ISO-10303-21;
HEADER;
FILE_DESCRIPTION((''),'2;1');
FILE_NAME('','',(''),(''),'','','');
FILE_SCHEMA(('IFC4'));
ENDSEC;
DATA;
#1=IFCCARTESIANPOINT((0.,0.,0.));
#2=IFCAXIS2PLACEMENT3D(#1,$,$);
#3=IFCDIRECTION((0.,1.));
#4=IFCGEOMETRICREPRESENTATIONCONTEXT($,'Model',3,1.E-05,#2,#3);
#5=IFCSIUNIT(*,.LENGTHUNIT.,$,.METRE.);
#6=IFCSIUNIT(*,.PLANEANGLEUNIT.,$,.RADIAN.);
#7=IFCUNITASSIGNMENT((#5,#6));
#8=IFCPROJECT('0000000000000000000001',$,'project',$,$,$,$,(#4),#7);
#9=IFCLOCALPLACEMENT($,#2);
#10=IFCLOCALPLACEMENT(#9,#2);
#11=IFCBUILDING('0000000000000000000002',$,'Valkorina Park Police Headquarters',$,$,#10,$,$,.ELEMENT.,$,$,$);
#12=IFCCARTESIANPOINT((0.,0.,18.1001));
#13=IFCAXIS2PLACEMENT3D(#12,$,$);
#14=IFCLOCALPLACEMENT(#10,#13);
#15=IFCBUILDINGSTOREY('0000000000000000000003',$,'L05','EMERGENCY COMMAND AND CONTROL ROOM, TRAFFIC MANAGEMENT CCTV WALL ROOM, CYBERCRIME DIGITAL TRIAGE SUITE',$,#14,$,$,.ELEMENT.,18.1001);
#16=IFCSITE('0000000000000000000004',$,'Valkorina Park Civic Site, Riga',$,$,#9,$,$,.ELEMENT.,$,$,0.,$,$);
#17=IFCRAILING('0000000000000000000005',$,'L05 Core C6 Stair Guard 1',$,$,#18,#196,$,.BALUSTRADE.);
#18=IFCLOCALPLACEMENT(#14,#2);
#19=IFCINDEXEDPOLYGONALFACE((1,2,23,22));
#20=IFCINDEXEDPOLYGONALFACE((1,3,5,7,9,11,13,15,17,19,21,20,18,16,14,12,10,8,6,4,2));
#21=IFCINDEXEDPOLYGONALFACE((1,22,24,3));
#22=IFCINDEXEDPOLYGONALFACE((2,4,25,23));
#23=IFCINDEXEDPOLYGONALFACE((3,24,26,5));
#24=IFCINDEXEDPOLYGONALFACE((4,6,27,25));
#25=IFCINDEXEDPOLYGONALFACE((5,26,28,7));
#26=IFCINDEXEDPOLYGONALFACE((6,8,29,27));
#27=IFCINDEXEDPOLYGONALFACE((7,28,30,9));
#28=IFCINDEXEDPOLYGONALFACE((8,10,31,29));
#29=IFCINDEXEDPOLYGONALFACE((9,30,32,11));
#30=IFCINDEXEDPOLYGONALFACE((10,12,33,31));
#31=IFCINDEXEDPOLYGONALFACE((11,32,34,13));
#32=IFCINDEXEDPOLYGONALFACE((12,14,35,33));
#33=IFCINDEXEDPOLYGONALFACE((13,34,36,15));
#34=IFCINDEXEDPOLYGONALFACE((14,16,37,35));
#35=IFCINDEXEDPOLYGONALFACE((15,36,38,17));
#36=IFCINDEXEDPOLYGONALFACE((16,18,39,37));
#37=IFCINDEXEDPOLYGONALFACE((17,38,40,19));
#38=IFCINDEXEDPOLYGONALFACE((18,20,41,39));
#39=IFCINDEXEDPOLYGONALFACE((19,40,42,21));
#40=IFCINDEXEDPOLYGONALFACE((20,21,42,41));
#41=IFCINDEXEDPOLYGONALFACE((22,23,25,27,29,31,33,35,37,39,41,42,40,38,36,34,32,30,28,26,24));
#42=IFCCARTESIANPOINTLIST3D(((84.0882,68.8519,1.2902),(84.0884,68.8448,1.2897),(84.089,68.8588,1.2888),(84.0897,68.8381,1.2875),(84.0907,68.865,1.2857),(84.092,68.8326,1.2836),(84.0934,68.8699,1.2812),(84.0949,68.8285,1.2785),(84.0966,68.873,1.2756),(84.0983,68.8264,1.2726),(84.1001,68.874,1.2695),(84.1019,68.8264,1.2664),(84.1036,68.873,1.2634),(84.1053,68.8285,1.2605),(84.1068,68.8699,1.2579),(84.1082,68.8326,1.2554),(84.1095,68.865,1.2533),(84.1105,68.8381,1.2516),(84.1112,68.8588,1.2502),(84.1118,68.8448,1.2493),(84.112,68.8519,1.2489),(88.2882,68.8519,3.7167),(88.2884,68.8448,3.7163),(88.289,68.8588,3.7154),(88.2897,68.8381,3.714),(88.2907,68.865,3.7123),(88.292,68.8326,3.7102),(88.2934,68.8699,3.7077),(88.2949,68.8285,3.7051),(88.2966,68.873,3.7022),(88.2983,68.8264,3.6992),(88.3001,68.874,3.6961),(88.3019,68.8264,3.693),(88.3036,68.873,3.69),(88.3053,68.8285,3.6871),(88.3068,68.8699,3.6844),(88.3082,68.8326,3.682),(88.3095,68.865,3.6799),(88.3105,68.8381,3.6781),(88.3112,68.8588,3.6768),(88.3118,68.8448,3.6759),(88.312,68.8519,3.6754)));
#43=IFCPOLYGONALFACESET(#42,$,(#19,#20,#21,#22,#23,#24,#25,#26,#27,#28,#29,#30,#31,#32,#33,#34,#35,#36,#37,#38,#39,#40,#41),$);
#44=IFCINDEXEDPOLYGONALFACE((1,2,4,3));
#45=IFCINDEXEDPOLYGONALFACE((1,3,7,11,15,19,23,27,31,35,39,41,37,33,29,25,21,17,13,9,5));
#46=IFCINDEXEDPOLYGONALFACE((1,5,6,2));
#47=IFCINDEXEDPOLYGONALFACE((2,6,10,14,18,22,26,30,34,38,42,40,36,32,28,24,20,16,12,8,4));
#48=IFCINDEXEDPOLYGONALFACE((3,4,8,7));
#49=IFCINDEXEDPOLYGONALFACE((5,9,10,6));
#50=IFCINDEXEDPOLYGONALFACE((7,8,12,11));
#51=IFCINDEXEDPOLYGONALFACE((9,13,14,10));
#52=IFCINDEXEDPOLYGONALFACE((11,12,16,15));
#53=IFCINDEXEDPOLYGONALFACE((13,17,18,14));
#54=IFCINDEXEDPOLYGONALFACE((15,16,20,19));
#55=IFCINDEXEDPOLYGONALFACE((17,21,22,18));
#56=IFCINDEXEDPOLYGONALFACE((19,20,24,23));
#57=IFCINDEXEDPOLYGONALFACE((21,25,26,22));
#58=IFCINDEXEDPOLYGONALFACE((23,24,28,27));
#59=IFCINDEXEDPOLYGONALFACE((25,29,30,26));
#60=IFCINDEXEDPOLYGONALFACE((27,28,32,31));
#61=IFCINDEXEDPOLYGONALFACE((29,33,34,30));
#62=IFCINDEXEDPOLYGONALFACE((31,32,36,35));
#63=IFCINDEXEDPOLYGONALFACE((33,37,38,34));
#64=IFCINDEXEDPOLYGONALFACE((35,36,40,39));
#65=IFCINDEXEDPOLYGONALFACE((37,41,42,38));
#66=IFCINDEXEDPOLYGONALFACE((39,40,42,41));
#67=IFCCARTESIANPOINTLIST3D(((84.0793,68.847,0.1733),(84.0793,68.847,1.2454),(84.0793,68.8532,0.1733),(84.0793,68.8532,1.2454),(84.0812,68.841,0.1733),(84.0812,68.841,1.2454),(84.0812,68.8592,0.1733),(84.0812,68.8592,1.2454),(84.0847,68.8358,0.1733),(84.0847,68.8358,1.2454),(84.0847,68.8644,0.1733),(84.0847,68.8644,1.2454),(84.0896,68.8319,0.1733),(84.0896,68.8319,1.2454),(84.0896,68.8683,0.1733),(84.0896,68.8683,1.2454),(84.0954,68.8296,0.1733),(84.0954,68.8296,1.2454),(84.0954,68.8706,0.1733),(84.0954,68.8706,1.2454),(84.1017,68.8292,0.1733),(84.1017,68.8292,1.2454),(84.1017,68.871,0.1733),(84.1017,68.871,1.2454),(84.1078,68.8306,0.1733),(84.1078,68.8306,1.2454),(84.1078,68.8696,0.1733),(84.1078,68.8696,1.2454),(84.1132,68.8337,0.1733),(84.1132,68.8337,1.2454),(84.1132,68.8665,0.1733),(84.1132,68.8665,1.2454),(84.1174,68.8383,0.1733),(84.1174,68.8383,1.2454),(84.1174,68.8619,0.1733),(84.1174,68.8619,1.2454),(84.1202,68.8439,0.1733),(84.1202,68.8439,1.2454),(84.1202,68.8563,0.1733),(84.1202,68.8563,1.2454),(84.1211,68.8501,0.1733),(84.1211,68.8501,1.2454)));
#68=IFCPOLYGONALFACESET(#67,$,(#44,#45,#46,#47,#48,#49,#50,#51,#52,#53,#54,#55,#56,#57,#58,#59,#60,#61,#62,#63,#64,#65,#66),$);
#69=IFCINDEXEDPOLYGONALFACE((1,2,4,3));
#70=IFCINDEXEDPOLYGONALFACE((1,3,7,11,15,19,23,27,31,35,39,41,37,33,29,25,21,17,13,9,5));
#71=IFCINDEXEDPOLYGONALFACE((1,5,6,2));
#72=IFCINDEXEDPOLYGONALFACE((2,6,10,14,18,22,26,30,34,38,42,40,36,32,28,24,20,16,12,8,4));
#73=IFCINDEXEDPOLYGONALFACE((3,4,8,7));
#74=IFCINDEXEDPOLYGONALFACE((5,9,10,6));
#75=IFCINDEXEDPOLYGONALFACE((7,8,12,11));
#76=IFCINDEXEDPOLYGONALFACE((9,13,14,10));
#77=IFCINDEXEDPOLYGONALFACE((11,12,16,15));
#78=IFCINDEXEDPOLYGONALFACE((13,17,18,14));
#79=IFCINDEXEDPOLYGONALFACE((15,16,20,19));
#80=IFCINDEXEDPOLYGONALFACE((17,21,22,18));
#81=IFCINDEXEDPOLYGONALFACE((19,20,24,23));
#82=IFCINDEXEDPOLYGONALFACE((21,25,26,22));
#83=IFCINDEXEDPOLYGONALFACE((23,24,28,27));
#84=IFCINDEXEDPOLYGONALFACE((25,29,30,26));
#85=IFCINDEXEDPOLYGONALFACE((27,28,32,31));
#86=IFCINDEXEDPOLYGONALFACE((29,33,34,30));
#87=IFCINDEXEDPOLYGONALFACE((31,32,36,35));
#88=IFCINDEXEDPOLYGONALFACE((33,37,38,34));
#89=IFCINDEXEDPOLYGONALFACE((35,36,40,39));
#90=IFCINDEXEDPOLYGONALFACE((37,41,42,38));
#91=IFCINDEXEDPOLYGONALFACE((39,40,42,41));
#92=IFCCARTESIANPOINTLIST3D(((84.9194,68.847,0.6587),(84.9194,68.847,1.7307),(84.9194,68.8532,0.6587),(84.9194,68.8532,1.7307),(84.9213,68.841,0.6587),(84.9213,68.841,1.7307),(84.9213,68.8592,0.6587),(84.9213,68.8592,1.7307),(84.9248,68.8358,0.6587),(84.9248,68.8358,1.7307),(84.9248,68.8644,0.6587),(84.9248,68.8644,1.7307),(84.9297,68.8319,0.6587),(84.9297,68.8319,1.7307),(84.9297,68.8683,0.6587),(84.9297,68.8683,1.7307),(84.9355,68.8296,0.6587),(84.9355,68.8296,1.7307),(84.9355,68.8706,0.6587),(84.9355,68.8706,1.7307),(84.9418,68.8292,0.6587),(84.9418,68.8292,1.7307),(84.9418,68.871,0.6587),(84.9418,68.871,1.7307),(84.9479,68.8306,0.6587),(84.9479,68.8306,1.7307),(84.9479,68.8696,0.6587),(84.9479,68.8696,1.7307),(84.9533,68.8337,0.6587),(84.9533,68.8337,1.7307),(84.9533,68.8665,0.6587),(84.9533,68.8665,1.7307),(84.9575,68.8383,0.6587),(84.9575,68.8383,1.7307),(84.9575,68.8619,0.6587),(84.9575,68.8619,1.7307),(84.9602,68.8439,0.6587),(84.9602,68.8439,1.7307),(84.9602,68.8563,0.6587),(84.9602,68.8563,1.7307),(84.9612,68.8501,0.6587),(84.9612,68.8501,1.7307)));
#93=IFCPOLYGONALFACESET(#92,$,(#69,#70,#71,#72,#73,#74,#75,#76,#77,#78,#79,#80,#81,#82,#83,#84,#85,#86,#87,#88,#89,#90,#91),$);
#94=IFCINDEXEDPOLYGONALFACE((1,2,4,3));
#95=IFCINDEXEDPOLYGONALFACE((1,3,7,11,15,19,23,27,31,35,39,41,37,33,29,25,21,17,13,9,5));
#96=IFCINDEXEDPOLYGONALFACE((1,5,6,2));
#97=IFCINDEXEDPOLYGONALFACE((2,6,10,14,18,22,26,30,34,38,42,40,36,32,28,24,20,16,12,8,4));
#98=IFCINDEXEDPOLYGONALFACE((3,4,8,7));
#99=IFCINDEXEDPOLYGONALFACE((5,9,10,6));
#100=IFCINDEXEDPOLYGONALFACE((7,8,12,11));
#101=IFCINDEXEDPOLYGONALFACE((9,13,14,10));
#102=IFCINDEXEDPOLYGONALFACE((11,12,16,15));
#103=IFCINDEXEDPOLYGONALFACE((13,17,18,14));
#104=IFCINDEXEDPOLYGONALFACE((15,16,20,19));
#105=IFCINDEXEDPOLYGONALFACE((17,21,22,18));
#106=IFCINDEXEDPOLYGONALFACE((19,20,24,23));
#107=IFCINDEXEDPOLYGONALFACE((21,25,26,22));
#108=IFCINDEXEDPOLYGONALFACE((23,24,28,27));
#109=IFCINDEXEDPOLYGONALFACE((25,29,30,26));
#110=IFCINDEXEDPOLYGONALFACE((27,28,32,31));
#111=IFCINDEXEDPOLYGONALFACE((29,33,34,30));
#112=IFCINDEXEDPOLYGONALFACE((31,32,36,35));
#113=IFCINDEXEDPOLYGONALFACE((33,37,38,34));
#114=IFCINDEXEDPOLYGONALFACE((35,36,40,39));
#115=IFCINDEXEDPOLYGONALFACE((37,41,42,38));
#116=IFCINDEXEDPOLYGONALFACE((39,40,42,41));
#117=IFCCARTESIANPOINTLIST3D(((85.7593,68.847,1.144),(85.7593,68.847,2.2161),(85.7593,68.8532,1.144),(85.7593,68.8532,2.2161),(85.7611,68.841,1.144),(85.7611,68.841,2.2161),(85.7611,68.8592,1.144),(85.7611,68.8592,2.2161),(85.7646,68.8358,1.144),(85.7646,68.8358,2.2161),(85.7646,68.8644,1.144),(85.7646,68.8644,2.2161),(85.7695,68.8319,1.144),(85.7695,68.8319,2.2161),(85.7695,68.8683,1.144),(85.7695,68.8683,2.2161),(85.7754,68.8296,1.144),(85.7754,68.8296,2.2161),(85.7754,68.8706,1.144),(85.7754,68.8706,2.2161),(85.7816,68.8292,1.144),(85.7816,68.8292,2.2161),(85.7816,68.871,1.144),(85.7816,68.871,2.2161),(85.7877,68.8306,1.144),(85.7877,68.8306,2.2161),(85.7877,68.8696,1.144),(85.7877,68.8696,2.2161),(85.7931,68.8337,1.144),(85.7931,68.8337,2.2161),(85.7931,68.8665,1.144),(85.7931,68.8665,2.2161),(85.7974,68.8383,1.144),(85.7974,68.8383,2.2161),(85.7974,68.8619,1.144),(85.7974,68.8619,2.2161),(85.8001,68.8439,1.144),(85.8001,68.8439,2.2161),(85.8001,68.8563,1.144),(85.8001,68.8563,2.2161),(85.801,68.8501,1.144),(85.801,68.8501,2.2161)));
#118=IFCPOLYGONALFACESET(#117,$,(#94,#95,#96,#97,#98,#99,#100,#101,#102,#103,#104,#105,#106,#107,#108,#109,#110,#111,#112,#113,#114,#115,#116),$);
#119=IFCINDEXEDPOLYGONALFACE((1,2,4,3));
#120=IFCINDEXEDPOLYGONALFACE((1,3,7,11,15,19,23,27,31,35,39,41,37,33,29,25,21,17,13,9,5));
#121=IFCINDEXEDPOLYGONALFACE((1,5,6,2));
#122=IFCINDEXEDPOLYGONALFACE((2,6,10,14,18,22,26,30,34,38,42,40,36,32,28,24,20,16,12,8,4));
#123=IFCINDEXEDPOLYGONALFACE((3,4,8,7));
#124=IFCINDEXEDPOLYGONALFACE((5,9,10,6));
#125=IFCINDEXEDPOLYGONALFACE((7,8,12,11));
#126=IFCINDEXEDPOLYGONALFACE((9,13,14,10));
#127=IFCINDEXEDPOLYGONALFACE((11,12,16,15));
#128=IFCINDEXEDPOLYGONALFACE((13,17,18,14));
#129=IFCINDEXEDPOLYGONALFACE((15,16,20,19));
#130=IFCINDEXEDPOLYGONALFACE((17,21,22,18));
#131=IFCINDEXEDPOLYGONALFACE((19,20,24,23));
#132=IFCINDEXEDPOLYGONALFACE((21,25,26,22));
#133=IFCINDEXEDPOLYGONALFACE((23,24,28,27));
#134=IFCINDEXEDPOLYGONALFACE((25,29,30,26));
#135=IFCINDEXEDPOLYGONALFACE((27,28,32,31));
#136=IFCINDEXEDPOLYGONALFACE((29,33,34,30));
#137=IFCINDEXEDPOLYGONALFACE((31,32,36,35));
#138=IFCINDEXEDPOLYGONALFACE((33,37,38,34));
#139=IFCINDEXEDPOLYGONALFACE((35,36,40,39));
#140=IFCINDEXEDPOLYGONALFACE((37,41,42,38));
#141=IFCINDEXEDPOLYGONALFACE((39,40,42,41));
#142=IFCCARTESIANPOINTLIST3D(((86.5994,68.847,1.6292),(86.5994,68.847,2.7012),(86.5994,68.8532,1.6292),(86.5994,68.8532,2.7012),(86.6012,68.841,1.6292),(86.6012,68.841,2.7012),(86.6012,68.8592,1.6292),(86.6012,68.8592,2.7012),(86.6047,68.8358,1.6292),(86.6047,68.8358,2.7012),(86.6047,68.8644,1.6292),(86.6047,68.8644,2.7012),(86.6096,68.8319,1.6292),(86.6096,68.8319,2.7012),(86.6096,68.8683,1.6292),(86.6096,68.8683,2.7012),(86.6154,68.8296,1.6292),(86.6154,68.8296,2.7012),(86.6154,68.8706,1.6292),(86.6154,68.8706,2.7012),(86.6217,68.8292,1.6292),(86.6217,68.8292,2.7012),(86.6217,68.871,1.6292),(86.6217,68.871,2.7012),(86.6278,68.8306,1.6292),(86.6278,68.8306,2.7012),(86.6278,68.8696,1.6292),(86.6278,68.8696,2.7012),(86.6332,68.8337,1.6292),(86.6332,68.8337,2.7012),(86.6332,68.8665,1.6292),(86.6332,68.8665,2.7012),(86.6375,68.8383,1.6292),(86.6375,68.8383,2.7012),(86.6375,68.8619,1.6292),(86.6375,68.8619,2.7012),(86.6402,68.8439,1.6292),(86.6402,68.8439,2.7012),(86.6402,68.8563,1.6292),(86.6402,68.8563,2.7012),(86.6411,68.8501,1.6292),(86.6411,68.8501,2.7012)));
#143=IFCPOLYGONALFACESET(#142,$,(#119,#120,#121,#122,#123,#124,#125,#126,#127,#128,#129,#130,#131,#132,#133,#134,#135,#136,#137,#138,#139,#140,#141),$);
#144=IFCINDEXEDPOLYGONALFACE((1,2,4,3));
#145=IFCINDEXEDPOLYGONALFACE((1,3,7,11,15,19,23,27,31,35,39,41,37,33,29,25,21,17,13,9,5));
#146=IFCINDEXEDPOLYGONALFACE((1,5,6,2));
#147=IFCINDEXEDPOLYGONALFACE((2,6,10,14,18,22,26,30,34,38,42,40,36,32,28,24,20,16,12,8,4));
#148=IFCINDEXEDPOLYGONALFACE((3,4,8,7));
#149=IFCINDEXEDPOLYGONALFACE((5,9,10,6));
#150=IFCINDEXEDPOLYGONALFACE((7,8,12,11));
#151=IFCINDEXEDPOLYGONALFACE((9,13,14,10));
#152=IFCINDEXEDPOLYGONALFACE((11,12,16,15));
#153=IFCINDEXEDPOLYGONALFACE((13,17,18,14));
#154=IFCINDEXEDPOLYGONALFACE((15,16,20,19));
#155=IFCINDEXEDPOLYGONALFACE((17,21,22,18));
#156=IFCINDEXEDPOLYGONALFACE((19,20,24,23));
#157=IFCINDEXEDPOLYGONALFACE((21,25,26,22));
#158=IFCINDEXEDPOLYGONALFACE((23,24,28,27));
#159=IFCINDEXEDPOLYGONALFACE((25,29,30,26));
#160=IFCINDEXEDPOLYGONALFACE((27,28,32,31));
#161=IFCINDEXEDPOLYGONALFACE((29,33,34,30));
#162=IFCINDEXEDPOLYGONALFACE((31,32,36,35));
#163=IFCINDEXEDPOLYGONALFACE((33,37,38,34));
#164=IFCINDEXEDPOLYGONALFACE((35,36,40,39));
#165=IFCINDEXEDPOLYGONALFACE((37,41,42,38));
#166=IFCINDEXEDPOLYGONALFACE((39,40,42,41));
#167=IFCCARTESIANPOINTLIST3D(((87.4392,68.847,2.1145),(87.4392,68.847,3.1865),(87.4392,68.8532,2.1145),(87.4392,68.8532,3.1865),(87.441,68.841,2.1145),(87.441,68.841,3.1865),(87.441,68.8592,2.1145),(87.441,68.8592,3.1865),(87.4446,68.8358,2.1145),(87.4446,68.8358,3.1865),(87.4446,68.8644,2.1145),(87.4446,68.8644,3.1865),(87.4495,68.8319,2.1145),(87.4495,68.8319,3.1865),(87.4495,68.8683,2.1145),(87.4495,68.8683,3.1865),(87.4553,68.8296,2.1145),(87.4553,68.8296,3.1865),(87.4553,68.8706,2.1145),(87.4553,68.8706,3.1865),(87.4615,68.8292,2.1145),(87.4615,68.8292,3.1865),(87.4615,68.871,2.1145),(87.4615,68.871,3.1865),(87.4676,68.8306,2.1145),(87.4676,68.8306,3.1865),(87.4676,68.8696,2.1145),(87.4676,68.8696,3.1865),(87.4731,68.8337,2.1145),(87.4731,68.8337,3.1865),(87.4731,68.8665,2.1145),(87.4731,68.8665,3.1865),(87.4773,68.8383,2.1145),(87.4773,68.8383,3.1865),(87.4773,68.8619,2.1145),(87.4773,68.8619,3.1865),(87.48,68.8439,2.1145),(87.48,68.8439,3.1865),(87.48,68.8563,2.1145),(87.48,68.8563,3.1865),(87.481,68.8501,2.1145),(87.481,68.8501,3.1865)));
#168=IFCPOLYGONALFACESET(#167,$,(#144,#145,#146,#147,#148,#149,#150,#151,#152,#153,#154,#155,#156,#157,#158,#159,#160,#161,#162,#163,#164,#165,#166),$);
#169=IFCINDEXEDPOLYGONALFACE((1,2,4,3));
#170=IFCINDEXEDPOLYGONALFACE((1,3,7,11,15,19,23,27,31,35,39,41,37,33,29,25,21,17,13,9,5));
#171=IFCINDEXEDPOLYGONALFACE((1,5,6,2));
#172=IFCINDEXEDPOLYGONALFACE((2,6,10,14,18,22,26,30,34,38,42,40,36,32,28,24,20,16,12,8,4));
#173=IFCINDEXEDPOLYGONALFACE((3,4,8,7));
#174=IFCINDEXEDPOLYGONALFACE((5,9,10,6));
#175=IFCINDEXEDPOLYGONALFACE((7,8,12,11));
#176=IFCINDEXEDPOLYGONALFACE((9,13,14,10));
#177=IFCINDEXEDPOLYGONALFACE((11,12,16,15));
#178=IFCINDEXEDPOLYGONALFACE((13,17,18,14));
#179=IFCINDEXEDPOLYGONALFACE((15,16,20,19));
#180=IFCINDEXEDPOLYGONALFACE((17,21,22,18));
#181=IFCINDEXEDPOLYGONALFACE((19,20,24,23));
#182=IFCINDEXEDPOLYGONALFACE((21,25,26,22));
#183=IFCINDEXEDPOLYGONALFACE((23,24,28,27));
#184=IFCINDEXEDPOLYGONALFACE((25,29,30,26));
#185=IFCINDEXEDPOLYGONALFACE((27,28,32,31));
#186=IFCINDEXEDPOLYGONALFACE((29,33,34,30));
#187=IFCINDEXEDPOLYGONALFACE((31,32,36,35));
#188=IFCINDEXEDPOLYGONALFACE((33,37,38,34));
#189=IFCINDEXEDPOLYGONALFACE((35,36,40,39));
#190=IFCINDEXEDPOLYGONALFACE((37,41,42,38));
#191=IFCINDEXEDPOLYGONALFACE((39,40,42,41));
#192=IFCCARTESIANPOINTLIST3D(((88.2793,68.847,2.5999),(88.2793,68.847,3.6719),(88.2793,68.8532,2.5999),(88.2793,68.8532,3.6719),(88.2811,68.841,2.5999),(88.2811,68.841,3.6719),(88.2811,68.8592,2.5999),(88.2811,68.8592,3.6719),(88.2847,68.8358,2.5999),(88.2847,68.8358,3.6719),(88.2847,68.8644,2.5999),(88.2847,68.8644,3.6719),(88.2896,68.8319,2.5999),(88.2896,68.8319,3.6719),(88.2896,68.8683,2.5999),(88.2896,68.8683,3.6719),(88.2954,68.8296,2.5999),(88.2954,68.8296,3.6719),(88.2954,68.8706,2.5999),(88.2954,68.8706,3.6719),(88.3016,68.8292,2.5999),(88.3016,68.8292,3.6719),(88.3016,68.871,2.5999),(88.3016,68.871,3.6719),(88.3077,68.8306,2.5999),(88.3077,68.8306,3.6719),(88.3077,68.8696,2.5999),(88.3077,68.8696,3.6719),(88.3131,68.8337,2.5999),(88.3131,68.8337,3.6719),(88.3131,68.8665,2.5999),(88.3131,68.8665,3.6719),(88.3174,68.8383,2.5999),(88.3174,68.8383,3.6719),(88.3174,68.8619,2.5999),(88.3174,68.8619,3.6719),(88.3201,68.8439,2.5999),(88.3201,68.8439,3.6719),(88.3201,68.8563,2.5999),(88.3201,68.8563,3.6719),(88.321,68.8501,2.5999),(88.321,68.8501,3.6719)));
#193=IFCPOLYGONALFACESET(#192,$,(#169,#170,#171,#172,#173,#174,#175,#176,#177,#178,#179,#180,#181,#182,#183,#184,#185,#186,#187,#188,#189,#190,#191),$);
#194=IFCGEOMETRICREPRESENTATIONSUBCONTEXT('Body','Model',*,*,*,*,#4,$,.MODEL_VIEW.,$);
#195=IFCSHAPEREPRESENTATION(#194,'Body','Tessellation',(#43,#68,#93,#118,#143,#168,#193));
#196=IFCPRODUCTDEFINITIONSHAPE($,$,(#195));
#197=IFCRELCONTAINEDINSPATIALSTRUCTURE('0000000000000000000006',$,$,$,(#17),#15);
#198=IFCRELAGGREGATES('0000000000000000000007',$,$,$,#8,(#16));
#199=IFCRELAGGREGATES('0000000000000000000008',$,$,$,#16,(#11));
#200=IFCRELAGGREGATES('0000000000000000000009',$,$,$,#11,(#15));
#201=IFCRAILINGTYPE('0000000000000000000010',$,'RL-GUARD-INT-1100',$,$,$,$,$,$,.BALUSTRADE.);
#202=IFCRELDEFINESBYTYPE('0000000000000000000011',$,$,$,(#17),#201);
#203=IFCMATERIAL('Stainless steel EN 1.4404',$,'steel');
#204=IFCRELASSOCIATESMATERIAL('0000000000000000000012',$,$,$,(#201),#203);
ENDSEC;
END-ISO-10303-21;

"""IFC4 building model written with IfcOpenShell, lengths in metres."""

from ifc_helpers import new_model, si_unit, direction, frame, origin, origin_2d, place, context, subcontext, project, spatial, circle, extrude, material, type_object, element, save


model = new_model("IFC4")

# Units and contexts
model_context = context("Model", 3, precision=1e-05, world=origin(), true_north=direction((0.0, 1.0)))
body_context = subcontext(model_context, "Body", "Model", "MODEL_VIEW")
ifc_project = project(units=[si_unit("LENGTHUNIT", "METRE"), si_unit("PLANEANGLEUNIT", "RADIAN")], contexts=[model_context])

# Site, building, storey
site_placement = place(None, origin())
site = spatial("IfcSite", under=ifc_project, at=site_placement, Name="Valkorina Park Civic Site, Riga", CompositionType="ELEMENT", RefElevation=0.0)
building_placement = place(site_placement, origin())
building = spatial("IfcBuilding", under=site, at=building_placement, Name="Valkorina Park Police Headquarters", CompositionType="ELEMENT")
storey_placement = place(building_placement, frame((0.0, 0.0, 18.1001)))
storey = spatial("IfcBuildingStorey", under=building, at=storey_placement, Name="L05", Description="EMERGENCY COMMAND AND CONTROL ROOM, TRAFFIC MANAGEMENT CCTV WALL ROOM, CYBERCRIME DIGITAL TRIAGE SUITE", CompositionType="ELEMENT", Elevation=18.1001)

# Railing
ifc_material_1 = material(Name="Stainless steel EN 1.4404", Category="steel")
railing_type_1 = type_object("IfcRailingType", Name="RL-GUARD-INT-1100", PredefinedType="BALUSTRADE", material=ifc_material_1)
railing_1_placement = place(storey_placement, frame((84.1001, 68.8501, 0.1733)))
element("IfcRailing", 1, at=railing_1_placement, inside=storey, type_object=railing_type_1, Name="L05 Core C6 Stair Guard 1", PredefinedType="BALUSTRADE", context=body_context, shape_type="SweptSolid", body=[
    extrude(circle(Radius=0.0239, at=origin_2d()), frame((0.0, 0.0, 1.0962), z_axis=(0.865876, 0.0, 0.500258), x_axis=(0.0, 1.0, 0.0)), (0.0, 0.0, 1.0), 4.8506),
    extrude(circle(Radius=0.021, at=origin_2d()), origin(), (0.0, 0.0, 1.0), 1.072),
    extrude(circle(Radius=0.021, at=origin_2d()), frame((0.8401, 0.0, 0.4854)), (0.0, 0.0, 1.0), 1.072),
    extrude(circle(Radius=0.021, at=origin_2d()), frame((1.6799, 0.0, 0.9707)), (0.0, 0.0, 1.0), 1.072),
    extrude(circle(Radius=0.021, at=origin_2d()), frame((2.52, 0.0, 1.4558)), (0.0, 0.0, 1.0), 1.072),
    extrude(circle(Radius=0.021, at=origin_2d()), frame((3.3599, 0.0, 1.9412)), (0.0, 0.0, 1.0), 1.072),
    extrude(circle(Radius=0.021, at=origin_2d()), frame((4.2, 0.0, 2.4265)), (0.0, 0.0, 1.0), 1.072),
])

save(model, "model.ifc")
